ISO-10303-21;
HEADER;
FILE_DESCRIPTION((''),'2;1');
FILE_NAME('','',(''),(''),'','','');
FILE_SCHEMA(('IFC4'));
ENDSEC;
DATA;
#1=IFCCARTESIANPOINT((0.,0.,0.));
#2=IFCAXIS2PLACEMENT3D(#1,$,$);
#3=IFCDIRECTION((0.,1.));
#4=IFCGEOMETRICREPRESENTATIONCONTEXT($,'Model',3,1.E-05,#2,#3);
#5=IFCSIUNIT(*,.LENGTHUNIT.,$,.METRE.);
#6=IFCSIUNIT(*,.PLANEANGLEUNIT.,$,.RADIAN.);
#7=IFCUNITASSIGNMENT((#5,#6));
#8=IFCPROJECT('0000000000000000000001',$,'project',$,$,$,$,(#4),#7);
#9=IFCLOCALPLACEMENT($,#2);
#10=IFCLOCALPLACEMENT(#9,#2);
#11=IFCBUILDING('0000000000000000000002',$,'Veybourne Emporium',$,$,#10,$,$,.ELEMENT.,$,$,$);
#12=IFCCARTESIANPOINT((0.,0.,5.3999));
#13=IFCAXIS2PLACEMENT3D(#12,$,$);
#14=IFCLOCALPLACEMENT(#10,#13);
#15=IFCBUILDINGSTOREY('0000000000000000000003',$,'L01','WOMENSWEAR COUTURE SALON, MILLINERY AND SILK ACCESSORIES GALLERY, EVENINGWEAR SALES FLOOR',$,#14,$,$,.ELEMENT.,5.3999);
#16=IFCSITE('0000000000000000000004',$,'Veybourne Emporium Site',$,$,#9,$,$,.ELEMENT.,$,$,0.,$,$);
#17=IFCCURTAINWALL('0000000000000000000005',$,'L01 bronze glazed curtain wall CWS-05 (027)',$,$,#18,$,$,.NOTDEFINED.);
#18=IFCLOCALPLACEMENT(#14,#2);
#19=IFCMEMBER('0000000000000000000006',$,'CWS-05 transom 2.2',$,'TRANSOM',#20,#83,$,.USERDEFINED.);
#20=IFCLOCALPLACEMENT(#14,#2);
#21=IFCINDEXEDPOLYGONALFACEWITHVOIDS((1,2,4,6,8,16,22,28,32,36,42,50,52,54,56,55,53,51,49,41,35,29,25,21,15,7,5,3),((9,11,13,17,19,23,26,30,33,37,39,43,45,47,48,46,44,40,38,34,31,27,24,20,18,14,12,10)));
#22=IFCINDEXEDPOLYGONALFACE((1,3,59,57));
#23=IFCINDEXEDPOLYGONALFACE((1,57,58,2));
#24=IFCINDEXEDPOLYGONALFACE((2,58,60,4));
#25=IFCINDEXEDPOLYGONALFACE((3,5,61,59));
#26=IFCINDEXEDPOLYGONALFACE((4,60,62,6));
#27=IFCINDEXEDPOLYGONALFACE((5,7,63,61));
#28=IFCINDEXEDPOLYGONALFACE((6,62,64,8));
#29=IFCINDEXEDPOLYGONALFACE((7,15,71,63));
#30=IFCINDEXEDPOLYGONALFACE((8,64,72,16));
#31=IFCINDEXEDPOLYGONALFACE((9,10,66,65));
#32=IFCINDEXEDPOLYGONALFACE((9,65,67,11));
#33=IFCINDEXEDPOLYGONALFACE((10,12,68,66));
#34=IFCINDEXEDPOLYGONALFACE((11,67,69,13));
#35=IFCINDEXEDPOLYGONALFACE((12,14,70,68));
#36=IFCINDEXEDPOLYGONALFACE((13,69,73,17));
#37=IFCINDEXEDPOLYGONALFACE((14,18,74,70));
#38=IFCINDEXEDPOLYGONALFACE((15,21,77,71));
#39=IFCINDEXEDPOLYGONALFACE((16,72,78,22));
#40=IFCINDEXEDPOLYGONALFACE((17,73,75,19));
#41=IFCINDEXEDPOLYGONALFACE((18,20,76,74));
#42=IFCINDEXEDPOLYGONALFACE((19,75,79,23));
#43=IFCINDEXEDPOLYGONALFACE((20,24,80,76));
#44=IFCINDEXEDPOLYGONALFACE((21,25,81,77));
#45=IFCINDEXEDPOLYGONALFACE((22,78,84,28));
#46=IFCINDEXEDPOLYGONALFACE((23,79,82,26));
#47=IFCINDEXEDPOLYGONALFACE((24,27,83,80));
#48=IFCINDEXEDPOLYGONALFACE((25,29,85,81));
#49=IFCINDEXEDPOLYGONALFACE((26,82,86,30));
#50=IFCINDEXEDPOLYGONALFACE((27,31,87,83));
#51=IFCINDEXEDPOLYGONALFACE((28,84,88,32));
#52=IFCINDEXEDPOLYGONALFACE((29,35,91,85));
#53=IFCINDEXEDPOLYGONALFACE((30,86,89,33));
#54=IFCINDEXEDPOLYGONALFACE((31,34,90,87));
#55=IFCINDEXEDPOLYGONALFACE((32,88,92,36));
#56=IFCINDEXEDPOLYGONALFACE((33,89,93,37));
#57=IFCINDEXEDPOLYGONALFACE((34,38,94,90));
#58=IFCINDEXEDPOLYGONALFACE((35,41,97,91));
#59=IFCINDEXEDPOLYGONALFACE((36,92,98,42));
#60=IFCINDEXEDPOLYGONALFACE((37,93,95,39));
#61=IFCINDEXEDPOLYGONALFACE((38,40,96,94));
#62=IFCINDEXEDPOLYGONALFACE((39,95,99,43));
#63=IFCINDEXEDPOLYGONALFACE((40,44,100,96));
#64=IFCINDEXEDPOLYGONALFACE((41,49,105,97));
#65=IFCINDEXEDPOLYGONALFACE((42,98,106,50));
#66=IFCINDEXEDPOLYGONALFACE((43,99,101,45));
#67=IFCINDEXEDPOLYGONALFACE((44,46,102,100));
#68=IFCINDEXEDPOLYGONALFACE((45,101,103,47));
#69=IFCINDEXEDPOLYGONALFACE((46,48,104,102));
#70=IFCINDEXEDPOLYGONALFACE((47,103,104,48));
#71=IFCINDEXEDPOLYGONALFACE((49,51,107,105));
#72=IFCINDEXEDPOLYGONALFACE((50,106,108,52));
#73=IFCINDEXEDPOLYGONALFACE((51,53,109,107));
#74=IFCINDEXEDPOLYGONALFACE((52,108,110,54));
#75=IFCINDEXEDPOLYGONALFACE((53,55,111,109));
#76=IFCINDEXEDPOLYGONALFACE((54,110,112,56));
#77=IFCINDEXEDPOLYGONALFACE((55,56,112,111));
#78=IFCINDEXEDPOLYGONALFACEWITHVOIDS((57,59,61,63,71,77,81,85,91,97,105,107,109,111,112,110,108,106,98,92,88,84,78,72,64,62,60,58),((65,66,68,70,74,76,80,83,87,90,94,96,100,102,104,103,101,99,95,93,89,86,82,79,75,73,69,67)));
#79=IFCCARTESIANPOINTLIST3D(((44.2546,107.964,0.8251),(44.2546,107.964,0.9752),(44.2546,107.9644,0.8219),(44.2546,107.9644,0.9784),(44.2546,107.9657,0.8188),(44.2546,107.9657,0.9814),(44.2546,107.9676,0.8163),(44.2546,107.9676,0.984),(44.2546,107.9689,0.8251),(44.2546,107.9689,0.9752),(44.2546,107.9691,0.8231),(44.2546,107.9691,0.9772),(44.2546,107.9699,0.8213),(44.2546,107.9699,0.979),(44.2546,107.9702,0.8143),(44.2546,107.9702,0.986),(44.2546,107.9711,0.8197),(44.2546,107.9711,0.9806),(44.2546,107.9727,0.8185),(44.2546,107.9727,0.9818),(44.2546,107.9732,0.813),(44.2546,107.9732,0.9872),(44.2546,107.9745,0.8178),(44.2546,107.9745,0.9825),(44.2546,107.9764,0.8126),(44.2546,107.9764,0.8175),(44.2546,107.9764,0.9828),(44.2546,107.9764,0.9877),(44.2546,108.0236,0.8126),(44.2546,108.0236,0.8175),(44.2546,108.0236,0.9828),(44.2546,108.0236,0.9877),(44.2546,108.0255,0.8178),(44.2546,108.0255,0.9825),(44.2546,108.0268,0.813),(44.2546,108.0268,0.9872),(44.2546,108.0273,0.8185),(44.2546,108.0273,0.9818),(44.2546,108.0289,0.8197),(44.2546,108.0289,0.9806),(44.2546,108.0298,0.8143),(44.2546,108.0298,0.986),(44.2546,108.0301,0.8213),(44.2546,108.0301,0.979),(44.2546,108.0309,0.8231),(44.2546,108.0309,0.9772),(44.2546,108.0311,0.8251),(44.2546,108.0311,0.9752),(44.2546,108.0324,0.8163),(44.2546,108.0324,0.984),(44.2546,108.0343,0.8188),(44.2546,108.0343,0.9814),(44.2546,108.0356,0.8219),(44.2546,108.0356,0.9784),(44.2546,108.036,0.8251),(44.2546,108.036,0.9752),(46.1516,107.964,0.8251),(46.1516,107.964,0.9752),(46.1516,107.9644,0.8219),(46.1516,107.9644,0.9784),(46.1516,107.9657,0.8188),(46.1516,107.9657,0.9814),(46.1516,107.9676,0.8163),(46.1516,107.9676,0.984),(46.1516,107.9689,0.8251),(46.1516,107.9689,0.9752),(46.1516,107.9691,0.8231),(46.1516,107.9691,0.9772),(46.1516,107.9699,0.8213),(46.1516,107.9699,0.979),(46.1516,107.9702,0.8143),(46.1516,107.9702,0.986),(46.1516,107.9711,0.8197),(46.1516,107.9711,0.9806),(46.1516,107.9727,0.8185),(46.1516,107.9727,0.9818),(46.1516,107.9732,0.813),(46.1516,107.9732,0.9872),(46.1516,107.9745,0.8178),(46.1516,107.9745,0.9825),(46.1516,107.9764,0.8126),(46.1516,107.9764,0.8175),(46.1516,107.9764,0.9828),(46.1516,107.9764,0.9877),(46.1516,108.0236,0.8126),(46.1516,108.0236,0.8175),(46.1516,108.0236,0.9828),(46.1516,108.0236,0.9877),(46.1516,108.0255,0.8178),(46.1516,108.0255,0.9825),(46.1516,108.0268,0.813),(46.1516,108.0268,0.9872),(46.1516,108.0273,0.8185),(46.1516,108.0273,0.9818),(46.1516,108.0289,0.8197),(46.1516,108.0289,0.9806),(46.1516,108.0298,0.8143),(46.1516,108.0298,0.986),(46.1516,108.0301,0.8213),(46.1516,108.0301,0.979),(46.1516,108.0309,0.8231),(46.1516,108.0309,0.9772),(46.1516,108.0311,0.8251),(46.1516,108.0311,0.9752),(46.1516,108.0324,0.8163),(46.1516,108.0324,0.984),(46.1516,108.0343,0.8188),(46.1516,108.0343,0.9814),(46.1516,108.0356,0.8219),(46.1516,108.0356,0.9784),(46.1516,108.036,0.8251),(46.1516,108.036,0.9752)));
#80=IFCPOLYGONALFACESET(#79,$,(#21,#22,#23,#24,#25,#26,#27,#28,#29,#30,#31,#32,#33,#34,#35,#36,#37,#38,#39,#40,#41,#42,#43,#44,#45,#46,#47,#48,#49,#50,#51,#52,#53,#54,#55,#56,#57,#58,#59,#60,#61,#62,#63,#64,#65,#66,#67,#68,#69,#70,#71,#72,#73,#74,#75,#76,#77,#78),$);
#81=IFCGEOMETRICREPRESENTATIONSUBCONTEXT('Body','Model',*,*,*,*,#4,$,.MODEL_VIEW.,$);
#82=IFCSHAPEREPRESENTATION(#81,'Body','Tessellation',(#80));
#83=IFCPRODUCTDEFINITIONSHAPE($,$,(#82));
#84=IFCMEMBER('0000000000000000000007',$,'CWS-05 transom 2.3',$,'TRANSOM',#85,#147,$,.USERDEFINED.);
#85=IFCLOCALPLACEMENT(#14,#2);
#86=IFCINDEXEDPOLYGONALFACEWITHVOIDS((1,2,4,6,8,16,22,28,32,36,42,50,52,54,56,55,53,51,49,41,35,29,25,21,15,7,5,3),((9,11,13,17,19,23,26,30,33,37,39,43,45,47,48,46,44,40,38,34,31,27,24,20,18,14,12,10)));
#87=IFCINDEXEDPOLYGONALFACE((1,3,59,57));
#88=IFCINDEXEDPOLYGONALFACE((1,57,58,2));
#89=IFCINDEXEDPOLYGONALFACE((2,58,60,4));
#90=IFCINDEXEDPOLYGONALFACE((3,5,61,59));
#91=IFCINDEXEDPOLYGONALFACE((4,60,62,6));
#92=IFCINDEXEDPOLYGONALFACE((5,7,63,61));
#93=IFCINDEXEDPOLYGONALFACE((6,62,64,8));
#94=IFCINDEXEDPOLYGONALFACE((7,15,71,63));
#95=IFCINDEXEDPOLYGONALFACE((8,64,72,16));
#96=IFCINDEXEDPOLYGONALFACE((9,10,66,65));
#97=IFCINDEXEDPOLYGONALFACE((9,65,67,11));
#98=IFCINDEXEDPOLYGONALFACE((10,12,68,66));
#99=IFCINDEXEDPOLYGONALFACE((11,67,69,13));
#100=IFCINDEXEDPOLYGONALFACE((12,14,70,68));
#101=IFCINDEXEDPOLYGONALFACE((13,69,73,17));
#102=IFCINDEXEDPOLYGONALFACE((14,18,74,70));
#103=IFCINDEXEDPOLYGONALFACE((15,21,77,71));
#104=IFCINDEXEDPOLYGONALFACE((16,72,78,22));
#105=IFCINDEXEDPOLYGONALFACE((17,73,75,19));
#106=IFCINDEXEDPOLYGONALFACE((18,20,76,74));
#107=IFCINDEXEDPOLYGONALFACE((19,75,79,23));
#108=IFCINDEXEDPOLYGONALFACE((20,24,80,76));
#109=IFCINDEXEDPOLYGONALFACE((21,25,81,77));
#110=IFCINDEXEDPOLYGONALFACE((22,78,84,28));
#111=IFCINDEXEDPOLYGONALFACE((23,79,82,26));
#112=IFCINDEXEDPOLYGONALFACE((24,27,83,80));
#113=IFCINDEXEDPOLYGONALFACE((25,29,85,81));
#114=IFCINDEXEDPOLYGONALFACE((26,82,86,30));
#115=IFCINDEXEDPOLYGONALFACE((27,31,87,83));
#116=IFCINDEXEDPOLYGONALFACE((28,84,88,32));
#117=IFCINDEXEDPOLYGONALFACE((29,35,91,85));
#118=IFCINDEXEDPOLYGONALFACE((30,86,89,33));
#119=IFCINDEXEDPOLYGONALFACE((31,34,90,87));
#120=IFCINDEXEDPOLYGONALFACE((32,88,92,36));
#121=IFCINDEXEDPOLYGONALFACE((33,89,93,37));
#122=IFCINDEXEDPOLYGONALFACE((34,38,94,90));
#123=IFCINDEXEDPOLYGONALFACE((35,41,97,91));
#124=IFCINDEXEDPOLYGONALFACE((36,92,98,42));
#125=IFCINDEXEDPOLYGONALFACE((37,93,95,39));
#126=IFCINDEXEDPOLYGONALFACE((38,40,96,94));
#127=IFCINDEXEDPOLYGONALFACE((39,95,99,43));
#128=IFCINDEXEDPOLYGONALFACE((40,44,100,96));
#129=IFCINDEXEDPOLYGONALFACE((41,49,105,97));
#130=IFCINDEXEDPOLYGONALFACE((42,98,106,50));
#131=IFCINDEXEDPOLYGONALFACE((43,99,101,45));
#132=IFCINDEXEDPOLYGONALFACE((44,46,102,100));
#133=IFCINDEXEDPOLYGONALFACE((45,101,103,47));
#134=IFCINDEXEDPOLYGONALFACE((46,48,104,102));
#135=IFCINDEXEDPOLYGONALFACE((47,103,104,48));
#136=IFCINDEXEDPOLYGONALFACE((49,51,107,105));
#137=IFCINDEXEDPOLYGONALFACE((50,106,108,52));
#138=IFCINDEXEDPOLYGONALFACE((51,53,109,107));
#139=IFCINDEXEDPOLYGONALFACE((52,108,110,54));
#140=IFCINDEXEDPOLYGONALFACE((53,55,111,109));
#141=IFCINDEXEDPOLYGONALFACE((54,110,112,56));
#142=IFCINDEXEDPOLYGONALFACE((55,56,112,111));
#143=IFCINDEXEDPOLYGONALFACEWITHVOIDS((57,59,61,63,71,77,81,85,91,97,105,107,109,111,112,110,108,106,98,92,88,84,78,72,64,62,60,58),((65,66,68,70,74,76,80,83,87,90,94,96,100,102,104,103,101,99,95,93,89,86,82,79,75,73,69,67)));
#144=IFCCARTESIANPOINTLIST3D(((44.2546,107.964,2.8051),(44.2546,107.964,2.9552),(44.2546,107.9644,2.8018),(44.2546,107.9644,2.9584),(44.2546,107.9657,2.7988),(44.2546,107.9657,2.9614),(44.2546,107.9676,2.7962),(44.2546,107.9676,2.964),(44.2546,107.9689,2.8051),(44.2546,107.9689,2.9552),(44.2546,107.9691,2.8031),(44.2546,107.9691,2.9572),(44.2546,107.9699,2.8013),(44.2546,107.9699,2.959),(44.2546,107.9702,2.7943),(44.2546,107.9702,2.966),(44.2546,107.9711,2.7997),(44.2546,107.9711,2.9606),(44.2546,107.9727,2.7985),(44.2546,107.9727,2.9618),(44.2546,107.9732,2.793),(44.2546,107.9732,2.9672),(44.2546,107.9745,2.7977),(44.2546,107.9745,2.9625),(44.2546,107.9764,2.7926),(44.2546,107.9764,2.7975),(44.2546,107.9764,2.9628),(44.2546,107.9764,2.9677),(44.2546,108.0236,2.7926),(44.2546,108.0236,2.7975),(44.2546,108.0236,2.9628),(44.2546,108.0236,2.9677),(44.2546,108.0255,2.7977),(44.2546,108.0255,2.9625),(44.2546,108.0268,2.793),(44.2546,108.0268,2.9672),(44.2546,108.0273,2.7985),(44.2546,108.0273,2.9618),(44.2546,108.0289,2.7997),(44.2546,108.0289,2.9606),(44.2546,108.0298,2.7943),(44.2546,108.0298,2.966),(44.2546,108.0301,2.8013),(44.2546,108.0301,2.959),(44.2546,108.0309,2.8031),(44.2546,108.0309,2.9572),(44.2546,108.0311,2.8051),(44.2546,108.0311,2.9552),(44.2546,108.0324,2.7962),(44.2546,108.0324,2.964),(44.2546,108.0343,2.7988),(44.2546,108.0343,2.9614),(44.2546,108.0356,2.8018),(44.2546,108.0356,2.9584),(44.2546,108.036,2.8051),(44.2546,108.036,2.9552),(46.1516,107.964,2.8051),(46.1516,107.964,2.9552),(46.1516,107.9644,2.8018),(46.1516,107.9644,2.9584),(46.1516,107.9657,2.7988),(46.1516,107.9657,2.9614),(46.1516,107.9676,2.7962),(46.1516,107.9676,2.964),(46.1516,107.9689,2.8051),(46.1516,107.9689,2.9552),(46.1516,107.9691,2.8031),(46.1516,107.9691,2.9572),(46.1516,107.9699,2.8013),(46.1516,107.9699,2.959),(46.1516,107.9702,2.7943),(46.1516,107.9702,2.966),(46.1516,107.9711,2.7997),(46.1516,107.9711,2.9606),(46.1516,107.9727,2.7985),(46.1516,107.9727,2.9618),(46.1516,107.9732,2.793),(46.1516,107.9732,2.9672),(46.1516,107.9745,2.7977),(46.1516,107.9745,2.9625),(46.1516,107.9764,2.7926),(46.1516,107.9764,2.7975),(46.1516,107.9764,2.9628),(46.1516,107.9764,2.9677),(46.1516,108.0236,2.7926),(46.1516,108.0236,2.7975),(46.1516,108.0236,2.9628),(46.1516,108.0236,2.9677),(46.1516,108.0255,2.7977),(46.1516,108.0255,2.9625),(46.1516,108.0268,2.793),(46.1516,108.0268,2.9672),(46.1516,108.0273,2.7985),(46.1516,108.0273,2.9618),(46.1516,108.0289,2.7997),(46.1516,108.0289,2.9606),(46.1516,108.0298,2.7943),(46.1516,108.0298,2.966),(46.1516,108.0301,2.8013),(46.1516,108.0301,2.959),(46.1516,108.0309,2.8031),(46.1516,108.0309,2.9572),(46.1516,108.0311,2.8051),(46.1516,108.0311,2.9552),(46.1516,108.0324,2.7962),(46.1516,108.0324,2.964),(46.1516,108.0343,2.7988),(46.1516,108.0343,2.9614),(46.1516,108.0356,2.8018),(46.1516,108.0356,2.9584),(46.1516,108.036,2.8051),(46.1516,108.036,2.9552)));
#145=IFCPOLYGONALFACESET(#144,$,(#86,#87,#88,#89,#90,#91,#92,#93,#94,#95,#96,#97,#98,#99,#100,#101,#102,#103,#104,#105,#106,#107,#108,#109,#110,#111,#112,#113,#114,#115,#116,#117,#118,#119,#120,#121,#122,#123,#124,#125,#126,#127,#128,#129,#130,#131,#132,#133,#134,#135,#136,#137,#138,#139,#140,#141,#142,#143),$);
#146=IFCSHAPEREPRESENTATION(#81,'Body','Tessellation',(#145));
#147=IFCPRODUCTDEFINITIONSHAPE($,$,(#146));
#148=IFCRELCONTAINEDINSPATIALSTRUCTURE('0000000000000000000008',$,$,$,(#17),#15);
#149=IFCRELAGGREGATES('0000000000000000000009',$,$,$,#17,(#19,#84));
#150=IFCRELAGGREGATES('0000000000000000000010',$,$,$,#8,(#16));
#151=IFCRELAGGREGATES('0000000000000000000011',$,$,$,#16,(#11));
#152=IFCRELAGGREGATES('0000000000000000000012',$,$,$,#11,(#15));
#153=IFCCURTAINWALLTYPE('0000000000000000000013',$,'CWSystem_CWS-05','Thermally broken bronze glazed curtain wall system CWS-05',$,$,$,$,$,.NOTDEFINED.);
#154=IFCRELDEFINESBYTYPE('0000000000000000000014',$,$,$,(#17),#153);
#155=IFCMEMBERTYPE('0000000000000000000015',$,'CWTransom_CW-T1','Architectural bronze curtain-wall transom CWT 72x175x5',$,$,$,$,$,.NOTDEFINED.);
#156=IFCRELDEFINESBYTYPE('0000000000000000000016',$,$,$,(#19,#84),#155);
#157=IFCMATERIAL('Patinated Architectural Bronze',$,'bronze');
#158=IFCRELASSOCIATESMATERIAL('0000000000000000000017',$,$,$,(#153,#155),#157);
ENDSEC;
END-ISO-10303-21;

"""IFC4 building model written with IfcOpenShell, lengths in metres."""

from ifc_helpers import new_model, si_unit, direction, frame, origin, origin_2d, place, context, subcontext, project, spatial, hollow_rectangle, extrude, material, material_profile, profile_set, type_object, element, aggregate, save


model = new_model("IFC4")

# Units and contexts
model_context = context("Model", 3, precision=1e-05, world=origin(), true_north=direction((0.0, 1.0)))
body_context = subcontext(model_context, "Body", "Model", "MODEL_VIEW")
ifc_project = project(units=[si_unit("LENGTHUNIT", "METRE"), si_unit("PLANEANGLEUNIT", "RADIAN")], contexts=[model_context])

# Site, building, storey
site_placement = place(None, origin())
site = spatial("IfcSite", under=ifc_project, at=site_placement, Name="Veybourne Emporium Site", CompositionType="ELEMENT", RefElevation=0.0)
building_placement = place(site_placement, origin())
building = spatial("IfcBuilding", under=site, at=building_placement, Name="Veybourne Emporium", CompositionType="ELEMENT")
storey_placement = place(building_placement, frame((0.0, 0.0, 5.3999)))
storey = spatial("IfcBuildingStorey", under=building, at=storey_placement, Name="L01", Description="WOMENSWEAR COUTURE SALON, MILLINERY AND SILK ACCESSORIES GALLERY, EVENINGWEAR SALES FLOOR", CompositionType="ELEMENT", Elevation=5.3999)

# Curtain wall, members
ifc_material_1 = material(Name="Patinated Architectural Bronze", Category="bronze")
curtain_wall_type = type_object("IfcCurtainWallType", Name="CWSystem_CWS-05", Description="Thermally broken bronze glazed curtain wall system CWS-05", PredefinedType="NOTDEFINED", material=ifc_material_1)
curtain_wall_placement = place(storey_placement, origin())
curtain_wall = element("IfcCurtainWall", 1, at=curtain_wall_placement, inside=storey, type_object=curtain_wall_type, Name="L01 bronze glazed curtain wall CWS-05 (027)", PredefinedType="NOTDEFINED")
ifc_material_profile_1 = material_profile(ifc_material_1, hollow_rectangle(XDim=0.072, YDim=0.175, WallThickness=0.0049, InnerFilletRadius=0.0076, OuterFilletRadius=0.0125, at=origin_2d()), Name="CWT 72x175x5")
ifc_profile_set_1 = profile_set([ifc_material_profile_1], Name="Patinated Architectural Bronze")
member_type_1 = type_object("IfcMemberType", Name="CWTransom_CW-T1", Description="Architectural bronze curtain-wall transom CWT 72x175x5", PredefinedType="NOTDEFINED", material=ifc_profile_set_1)
member_1_placement = place(storey_placement, frame((44.2546, 108.0, 0.9001), z_axis=(1.0, 0.0, 0.0), x_axis=(0.0, 1.0, 0.0)))
member_1 = element("IfcMember", 2, at=member_1_placement, type_object=member_type_1, Name="CWS-05 transom 2.2", ObjectType="TRANSOM", PredefinedType="USERDEFINED", context=body_context, shape_type="SweptSolid", body=[
    extrude(hollow_rectangle(XDim=0.072, YDim=0.175, WallThickness=0.0049, InnerFilletRadius=0.0076, OuterFilletRadius=0.0125, at=origin_2d()), origin(), (0.0, 0.0, 1.0), 1.897),
])
member_2_placement = place(storey_placement, frame((44.2546, 108.0, 2.8801), z_axis=(1.0, 0.0, 0.0), x_axis=(0.0, 1.0, 0.0)))
member_2 = element("IfcMember", 3, at=member_2_placement, type_object=member_type_1, Name="CWS-05 transom 2.3", ObjectType="TRANSOM", PredefinedType="USERDEFINED", context=body_context, shape_type="SweptSolid", body=[
    extrude(hollow_rectangle(XDim=0.072, YDim=0.175, WallThickness=0.0049, InnerFilletRadius=0.0076, OuterFilletRadius=0.0125, at=origin_2d()), origin(), (0.0, 0.0, 1.0), 1.897),
])

aggregate(curtain_wall, [member_1, member_2])

save(model, "model.ifc")
